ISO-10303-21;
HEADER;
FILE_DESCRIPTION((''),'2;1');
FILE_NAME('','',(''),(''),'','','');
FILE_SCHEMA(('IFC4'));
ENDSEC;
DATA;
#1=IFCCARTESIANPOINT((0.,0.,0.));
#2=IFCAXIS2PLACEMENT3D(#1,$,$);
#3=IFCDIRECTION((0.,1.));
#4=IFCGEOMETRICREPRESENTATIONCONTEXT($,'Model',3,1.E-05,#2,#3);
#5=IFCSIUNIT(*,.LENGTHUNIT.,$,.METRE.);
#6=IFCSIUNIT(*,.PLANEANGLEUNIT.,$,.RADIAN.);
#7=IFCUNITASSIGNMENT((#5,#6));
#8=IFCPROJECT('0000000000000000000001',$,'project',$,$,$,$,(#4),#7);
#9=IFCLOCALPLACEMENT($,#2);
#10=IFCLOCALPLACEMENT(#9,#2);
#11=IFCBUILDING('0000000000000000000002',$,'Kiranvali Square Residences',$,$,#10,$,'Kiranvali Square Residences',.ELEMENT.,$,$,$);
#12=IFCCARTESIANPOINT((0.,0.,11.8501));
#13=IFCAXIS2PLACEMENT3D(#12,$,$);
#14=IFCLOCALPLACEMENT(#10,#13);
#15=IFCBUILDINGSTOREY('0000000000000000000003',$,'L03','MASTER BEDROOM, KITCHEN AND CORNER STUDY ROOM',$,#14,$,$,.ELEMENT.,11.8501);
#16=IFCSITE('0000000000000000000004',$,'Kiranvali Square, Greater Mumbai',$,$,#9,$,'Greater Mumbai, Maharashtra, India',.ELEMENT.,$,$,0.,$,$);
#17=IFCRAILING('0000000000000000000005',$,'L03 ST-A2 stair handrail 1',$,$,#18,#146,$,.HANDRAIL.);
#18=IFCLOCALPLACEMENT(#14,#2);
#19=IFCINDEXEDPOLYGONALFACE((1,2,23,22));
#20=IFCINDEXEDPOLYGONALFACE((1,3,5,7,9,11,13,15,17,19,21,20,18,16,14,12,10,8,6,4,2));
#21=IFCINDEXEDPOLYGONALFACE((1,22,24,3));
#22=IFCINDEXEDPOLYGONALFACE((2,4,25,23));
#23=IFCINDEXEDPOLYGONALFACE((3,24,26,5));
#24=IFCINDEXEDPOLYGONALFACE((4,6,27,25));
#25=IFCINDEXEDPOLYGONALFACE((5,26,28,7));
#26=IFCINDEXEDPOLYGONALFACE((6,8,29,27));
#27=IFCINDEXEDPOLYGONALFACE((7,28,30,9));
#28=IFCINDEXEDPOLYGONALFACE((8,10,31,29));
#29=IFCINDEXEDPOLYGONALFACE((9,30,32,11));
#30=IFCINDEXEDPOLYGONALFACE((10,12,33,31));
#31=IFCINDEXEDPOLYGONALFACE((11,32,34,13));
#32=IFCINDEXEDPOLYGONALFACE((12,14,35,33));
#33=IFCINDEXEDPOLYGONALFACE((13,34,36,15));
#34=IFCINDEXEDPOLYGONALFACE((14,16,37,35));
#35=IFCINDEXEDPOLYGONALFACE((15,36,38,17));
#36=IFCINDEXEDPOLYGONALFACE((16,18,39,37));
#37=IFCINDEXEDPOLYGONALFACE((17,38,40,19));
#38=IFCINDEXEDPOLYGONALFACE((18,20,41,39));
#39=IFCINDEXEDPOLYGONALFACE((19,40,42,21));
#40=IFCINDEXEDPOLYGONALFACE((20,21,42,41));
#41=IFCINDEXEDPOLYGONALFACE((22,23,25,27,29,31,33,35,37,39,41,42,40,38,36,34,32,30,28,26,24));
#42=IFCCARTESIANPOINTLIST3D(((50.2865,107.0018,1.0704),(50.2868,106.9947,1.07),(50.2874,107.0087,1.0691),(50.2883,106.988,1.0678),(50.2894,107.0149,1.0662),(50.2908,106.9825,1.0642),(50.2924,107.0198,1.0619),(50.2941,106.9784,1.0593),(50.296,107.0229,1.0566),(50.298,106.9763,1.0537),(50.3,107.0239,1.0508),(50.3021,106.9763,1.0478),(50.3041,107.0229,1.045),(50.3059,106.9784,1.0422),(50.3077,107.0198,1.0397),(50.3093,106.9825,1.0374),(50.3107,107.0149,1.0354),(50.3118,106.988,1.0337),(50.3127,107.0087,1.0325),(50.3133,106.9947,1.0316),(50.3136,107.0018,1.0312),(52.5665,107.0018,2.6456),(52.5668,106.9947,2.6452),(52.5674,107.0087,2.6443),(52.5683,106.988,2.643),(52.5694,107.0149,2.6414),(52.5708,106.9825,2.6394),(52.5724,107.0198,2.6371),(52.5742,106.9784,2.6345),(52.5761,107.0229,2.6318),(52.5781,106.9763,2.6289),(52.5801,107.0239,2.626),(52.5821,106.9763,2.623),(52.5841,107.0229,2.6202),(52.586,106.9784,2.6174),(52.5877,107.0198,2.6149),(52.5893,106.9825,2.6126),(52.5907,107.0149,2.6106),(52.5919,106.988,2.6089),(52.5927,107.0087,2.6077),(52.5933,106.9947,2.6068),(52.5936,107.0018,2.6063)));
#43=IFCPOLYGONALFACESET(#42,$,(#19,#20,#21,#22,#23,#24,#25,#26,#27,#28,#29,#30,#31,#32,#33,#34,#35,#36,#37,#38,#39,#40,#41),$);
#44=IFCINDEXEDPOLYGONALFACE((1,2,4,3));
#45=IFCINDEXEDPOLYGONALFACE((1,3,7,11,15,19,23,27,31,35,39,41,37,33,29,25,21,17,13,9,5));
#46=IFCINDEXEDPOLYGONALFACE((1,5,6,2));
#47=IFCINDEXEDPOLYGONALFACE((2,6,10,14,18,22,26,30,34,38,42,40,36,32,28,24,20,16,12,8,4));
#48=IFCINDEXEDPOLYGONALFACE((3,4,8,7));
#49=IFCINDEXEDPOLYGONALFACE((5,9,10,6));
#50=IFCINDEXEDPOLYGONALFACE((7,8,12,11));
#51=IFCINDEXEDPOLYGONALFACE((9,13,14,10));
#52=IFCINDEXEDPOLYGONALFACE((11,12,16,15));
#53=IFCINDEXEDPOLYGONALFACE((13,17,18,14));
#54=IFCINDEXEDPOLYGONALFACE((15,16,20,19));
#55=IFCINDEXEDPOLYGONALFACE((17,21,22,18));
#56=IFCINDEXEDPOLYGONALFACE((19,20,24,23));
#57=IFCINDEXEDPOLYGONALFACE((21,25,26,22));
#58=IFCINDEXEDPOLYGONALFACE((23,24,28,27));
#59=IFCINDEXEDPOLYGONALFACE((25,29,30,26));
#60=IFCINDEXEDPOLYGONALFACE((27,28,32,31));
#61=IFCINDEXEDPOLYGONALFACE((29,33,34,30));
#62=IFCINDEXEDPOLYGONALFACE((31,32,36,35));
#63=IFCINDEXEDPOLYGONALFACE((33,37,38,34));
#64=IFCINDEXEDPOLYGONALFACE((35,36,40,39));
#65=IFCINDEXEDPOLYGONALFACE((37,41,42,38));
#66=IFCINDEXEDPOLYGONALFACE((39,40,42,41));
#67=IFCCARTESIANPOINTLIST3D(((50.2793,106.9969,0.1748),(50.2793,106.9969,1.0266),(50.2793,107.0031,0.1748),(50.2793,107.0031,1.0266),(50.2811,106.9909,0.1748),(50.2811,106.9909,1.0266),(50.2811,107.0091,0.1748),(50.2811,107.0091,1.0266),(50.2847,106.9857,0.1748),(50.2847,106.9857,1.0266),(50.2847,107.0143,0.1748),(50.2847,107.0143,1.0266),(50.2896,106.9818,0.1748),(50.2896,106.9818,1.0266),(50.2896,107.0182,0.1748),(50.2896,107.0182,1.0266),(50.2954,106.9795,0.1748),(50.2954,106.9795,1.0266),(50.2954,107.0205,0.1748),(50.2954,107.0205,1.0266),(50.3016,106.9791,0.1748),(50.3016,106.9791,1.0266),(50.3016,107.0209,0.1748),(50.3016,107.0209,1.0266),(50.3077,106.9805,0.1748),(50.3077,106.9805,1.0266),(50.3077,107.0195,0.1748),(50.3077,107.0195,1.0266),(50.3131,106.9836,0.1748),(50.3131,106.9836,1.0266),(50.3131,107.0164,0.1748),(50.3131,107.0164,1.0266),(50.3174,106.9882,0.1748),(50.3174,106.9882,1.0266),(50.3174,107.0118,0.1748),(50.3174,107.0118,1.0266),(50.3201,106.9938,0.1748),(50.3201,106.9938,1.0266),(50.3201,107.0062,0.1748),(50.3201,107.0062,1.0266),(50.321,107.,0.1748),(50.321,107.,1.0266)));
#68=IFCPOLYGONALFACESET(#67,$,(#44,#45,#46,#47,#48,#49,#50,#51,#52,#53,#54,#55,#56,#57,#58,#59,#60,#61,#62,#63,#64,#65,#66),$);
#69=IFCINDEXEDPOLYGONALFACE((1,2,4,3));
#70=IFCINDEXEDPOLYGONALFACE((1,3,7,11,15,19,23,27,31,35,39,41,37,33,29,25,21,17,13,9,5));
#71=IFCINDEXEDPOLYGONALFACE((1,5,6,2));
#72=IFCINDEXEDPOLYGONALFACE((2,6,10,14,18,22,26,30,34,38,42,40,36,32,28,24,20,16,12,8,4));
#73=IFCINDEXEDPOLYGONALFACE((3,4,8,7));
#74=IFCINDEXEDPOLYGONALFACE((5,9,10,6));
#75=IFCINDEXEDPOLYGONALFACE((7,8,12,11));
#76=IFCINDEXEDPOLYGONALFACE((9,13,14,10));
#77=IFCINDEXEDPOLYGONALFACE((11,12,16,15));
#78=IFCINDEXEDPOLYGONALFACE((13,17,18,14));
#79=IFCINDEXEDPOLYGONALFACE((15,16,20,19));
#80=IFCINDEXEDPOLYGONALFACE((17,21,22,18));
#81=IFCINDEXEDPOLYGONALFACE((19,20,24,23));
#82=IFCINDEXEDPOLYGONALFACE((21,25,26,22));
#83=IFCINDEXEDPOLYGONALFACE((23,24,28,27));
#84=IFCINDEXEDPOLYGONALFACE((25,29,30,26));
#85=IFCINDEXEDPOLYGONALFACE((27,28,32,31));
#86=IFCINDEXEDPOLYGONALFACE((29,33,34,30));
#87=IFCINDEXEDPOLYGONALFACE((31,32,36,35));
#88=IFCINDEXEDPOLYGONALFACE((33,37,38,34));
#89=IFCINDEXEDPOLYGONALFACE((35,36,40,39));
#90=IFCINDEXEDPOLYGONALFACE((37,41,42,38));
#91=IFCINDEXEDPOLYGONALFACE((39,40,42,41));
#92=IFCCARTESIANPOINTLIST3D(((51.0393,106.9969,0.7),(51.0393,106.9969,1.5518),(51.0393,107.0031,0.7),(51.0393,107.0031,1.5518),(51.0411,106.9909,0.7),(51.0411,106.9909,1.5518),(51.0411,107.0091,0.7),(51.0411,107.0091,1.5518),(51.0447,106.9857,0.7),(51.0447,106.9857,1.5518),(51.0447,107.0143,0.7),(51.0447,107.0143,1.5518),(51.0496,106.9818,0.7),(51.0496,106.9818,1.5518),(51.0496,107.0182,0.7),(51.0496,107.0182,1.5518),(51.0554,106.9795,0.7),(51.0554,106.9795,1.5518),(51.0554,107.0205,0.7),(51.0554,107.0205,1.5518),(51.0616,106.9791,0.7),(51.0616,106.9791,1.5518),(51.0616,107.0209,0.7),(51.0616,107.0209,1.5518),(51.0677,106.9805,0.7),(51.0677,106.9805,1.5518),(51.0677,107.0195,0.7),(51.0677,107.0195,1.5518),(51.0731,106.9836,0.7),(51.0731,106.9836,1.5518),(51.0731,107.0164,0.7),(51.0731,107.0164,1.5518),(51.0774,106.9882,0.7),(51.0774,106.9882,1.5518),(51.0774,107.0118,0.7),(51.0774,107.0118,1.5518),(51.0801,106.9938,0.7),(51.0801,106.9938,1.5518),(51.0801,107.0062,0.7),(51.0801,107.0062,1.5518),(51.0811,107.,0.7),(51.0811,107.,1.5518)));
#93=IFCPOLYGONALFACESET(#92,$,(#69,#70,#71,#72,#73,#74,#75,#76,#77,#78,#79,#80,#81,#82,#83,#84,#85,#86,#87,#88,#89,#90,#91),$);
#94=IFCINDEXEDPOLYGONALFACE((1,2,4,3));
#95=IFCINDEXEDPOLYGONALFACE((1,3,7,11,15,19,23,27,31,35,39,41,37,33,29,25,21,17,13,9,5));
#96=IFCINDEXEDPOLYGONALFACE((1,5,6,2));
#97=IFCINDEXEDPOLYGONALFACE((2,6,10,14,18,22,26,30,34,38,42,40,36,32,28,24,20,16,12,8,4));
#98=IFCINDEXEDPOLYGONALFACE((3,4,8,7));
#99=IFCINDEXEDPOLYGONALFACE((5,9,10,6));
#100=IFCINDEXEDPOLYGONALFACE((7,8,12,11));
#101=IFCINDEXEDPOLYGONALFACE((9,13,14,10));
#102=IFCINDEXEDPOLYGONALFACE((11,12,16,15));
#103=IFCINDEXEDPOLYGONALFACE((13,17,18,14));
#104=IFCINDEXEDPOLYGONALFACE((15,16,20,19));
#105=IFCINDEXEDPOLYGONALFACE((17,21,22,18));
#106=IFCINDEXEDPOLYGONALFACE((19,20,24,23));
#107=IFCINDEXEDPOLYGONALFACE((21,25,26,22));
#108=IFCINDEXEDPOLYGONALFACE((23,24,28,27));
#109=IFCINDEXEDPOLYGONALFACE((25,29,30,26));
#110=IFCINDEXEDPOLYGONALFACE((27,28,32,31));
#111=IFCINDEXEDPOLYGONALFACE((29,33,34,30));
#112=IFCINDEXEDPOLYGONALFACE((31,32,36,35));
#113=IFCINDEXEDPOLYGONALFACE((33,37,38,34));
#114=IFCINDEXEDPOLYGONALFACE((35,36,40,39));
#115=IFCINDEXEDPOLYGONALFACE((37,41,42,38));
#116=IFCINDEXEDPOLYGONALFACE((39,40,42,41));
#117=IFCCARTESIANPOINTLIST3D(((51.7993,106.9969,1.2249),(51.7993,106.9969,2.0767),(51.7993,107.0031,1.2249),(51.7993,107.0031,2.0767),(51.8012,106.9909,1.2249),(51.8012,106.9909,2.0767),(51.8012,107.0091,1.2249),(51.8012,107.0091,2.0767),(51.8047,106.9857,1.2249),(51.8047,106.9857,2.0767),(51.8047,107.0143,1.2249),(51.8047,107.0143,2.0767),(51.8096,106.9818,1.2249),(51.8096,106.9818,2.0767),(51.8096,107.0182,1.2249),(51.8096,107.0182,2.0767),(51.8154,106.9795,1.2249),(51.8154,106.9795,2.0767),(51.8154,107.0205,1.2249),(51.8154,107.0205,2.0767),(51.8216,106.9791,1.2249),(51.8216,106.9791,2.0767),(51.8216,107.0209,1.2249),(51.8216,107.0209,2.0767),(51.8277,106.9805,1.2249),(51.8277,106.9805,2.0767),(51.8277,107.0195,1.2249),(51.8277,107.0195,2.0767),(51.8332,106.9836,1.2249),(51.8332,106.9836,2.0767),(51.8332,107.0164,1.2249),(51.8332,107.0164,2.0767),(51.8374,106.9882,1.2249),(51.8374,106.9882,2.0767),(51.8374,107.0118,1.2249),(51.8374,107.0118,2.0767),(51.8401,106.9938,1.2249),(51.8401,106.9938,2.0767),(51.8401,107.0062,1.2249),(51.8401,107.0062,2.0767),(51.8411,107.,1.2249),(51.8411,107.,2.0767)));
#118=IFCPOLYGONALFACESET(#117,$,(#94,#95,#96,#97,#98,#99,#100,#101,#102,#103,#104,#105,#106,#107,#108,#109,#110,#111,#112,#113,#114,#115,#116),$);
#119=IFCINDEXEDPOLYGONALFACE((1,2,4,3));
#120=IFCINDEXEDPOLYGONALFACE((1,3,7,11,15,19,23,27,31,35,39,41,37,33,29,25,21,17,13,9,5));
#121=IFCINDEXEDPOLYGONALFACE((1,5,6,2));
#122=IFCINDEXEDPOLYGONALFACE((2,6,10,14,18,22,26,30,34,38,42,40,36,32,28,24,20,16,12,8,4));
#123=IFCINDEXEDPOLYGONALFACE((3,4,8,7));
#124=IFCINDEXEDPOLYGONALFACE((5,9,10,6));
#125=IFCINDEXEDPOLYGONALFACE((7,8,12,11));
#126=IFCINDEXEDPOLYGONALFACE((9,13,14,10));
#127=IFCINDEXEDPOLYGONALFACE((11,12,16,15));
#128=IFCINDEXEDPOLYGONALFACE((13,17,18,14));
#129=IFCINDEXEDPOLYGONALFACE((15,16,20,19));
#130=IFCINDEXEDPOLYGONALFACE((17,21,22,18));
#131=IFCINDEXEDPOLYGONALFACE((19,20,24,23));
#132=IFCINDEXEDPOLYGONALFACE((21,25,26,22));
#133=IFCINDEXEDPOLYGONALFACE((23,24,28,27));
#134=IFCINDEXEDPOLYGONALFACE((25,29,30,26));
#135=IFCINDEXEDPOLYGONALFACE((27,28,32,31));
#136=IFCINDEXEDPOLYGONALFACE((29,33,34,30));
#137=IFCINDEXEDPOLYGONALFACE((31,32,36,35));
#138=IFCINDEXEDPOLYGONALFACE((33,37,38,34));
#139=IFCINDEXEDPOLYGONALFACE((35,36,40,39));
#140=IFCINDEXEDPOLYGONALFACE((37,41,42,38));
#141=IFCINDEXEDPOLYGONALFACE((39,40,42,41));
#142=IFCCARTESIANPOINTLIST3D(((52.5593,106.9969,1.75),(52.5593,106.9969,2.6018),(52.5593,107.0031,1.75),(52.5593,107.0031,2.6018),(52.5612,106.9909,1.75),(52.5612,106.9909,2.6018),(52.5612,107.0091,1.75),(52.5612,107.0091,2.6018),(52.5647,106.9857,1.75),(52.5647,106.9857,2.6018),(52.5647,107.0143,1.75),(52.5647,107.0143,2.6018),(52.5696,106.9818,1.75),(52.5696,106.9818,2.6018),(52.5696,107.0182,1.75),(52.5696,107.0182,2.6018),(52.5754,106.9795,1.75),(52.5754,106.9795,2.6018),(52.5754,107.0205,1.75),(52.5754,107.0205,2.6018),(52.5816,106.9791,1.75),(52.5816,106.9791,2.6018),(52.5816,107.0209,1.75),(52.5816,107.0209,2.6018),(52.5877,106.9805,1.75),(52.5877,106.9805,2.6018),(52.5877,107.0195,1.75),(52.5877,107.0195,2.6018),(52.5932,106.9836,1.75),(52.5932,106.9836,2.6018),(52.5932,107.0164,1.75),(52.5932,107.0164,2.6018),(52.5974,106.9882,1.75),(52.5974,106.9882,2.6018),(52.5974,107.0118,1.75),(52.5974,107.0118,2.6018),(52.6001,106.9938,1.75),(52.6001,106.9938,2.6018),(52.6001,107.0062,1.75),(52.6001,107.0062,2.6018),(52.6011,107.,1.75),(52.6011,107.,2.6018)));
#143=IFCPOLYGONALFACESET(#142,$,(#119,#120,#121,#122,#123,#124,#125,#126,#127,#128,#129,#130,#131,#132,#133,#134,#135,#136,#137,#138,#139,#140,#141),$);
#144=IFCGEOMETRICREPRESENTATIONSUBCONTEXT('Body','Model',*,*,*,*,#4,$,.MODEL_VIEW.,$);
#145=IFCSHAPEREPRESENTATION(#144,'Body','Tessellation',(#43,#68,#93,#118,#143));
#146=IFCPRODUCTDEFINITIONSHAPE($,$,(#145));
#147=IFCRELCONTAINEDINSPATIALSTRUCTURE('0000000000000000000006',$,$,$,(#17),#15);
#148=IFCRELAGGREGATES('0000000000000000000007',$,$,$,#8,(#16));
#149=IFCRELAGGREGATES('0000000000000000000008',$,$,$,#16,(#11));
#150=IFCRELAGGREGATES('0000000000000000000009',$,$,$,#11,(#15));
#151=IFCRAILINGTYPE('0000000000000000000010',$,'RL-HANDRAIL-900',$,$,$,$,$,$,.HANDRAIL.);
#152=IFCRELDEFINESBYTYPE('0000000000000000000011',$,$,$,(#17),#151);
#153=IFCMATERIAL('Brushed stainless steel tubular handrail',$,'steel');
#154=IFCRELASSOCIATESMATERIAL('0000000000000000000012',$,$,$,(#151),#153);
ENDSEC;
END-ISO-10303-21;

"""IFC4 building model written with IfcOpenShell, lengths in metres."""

from ifc_helpers import new_model, si_unit, direction, frame, origin, origin_2d, place, context, subcontext, project, spatial, circle, extrude, material, type_object, element, save


model = new_model("IFC4")

# Units and contexts
model_context = context("Model", 3, precision=1e-05, world=origin(), true_north=direction((0.0, 1.0)))
body_context = subcontext(model_context, "Body", "Model", "MODEL_VIEW")
ifc_project = project(units=[si_unit("LENGTHUNIT", "METRE"), si_unit("PLANEANGLEUNIT", "RADIAN")], contexts=[model_context])

# Site, building, storey
site_placement = place(None, origin())
site = spatial("IfcSite", under=ifc_project, at=site_placement, Name="Kiranvali Square, Greater Mumbai", LongName="Greater Mumbai, Maharashtra, India", CompositionType="ELEMENT", RefElevation=0.0)
building_placement = place(site_placement, origin())
building = spatial("IfcBuilding", under=site, at=building_placement, Name="Kiranvali Square Residences", LongName="Kiranvali Square Residences", CompositionType="ELEMENT")
storey_placement = place(building_placement, frame((0.0, 0.0, 11.8501)))
storey = spatial("IfcBuildingStorey", under=building, at=storey_placement, Name="L03", Description="MASTER BEDROOM, KITCHEN AND CORNER STUDY ROOM", CompositionType="ELEMENT", Elevation=11.8501)

# Railing
ifc_material_1 = material(Name="Brushed stainless steel tubular handrail", Category="steel")
railing_type_1 = type_object("IfcRailingType", Name="RL-HANDRAIL-900", PredefinedType="HANDRAIL", material=ifc_material_1)
railing_1_placement = place(storey_placement, frame((50.3, 107.0, 0.1748)))
element("IfcRailing", 1, at=railing_1_placement, inside=storey, type_object=railing_type_1, Name="L03 ST-A2 stair handrail 1", PredefinedType="HANDRAIL", context=body_context, shape_type="SweptSolid", body=[
    extrude(circle(Radius=0.0239, at=origin_2d()), frame((0.0, 0.0, 0.876), z_axis=(0.822747, 0.0, 0.568408), x_axis=(0.0, 1.0, 0.0)), (0.0, 0.0, 1.0), 2.7712),
    extrude(circle(Radius=0.021, at=origin_2d()), origin(), (0.0, 0.0, 1.0), 0.8518),
    extrude(circle(Radius=0.021, at=origin_2d()), frame((0.76, 0.0, 0.5251)), (0.0, 0.0, 1.0), 0.8518),
    extrude(circle(Radius=0.021, at=origin_2d()), frame((1.52, 0.0, 1.05)), (0.0, 0.0, 1.0), 0.8518),
    extrude(circle(Radius=0.021, at=origin_2d()), frame((2.28, 0.0, 1.5752)), (0.0, 0.0, 1.0), 0.8518),
])

save(model, "model.ifc")
